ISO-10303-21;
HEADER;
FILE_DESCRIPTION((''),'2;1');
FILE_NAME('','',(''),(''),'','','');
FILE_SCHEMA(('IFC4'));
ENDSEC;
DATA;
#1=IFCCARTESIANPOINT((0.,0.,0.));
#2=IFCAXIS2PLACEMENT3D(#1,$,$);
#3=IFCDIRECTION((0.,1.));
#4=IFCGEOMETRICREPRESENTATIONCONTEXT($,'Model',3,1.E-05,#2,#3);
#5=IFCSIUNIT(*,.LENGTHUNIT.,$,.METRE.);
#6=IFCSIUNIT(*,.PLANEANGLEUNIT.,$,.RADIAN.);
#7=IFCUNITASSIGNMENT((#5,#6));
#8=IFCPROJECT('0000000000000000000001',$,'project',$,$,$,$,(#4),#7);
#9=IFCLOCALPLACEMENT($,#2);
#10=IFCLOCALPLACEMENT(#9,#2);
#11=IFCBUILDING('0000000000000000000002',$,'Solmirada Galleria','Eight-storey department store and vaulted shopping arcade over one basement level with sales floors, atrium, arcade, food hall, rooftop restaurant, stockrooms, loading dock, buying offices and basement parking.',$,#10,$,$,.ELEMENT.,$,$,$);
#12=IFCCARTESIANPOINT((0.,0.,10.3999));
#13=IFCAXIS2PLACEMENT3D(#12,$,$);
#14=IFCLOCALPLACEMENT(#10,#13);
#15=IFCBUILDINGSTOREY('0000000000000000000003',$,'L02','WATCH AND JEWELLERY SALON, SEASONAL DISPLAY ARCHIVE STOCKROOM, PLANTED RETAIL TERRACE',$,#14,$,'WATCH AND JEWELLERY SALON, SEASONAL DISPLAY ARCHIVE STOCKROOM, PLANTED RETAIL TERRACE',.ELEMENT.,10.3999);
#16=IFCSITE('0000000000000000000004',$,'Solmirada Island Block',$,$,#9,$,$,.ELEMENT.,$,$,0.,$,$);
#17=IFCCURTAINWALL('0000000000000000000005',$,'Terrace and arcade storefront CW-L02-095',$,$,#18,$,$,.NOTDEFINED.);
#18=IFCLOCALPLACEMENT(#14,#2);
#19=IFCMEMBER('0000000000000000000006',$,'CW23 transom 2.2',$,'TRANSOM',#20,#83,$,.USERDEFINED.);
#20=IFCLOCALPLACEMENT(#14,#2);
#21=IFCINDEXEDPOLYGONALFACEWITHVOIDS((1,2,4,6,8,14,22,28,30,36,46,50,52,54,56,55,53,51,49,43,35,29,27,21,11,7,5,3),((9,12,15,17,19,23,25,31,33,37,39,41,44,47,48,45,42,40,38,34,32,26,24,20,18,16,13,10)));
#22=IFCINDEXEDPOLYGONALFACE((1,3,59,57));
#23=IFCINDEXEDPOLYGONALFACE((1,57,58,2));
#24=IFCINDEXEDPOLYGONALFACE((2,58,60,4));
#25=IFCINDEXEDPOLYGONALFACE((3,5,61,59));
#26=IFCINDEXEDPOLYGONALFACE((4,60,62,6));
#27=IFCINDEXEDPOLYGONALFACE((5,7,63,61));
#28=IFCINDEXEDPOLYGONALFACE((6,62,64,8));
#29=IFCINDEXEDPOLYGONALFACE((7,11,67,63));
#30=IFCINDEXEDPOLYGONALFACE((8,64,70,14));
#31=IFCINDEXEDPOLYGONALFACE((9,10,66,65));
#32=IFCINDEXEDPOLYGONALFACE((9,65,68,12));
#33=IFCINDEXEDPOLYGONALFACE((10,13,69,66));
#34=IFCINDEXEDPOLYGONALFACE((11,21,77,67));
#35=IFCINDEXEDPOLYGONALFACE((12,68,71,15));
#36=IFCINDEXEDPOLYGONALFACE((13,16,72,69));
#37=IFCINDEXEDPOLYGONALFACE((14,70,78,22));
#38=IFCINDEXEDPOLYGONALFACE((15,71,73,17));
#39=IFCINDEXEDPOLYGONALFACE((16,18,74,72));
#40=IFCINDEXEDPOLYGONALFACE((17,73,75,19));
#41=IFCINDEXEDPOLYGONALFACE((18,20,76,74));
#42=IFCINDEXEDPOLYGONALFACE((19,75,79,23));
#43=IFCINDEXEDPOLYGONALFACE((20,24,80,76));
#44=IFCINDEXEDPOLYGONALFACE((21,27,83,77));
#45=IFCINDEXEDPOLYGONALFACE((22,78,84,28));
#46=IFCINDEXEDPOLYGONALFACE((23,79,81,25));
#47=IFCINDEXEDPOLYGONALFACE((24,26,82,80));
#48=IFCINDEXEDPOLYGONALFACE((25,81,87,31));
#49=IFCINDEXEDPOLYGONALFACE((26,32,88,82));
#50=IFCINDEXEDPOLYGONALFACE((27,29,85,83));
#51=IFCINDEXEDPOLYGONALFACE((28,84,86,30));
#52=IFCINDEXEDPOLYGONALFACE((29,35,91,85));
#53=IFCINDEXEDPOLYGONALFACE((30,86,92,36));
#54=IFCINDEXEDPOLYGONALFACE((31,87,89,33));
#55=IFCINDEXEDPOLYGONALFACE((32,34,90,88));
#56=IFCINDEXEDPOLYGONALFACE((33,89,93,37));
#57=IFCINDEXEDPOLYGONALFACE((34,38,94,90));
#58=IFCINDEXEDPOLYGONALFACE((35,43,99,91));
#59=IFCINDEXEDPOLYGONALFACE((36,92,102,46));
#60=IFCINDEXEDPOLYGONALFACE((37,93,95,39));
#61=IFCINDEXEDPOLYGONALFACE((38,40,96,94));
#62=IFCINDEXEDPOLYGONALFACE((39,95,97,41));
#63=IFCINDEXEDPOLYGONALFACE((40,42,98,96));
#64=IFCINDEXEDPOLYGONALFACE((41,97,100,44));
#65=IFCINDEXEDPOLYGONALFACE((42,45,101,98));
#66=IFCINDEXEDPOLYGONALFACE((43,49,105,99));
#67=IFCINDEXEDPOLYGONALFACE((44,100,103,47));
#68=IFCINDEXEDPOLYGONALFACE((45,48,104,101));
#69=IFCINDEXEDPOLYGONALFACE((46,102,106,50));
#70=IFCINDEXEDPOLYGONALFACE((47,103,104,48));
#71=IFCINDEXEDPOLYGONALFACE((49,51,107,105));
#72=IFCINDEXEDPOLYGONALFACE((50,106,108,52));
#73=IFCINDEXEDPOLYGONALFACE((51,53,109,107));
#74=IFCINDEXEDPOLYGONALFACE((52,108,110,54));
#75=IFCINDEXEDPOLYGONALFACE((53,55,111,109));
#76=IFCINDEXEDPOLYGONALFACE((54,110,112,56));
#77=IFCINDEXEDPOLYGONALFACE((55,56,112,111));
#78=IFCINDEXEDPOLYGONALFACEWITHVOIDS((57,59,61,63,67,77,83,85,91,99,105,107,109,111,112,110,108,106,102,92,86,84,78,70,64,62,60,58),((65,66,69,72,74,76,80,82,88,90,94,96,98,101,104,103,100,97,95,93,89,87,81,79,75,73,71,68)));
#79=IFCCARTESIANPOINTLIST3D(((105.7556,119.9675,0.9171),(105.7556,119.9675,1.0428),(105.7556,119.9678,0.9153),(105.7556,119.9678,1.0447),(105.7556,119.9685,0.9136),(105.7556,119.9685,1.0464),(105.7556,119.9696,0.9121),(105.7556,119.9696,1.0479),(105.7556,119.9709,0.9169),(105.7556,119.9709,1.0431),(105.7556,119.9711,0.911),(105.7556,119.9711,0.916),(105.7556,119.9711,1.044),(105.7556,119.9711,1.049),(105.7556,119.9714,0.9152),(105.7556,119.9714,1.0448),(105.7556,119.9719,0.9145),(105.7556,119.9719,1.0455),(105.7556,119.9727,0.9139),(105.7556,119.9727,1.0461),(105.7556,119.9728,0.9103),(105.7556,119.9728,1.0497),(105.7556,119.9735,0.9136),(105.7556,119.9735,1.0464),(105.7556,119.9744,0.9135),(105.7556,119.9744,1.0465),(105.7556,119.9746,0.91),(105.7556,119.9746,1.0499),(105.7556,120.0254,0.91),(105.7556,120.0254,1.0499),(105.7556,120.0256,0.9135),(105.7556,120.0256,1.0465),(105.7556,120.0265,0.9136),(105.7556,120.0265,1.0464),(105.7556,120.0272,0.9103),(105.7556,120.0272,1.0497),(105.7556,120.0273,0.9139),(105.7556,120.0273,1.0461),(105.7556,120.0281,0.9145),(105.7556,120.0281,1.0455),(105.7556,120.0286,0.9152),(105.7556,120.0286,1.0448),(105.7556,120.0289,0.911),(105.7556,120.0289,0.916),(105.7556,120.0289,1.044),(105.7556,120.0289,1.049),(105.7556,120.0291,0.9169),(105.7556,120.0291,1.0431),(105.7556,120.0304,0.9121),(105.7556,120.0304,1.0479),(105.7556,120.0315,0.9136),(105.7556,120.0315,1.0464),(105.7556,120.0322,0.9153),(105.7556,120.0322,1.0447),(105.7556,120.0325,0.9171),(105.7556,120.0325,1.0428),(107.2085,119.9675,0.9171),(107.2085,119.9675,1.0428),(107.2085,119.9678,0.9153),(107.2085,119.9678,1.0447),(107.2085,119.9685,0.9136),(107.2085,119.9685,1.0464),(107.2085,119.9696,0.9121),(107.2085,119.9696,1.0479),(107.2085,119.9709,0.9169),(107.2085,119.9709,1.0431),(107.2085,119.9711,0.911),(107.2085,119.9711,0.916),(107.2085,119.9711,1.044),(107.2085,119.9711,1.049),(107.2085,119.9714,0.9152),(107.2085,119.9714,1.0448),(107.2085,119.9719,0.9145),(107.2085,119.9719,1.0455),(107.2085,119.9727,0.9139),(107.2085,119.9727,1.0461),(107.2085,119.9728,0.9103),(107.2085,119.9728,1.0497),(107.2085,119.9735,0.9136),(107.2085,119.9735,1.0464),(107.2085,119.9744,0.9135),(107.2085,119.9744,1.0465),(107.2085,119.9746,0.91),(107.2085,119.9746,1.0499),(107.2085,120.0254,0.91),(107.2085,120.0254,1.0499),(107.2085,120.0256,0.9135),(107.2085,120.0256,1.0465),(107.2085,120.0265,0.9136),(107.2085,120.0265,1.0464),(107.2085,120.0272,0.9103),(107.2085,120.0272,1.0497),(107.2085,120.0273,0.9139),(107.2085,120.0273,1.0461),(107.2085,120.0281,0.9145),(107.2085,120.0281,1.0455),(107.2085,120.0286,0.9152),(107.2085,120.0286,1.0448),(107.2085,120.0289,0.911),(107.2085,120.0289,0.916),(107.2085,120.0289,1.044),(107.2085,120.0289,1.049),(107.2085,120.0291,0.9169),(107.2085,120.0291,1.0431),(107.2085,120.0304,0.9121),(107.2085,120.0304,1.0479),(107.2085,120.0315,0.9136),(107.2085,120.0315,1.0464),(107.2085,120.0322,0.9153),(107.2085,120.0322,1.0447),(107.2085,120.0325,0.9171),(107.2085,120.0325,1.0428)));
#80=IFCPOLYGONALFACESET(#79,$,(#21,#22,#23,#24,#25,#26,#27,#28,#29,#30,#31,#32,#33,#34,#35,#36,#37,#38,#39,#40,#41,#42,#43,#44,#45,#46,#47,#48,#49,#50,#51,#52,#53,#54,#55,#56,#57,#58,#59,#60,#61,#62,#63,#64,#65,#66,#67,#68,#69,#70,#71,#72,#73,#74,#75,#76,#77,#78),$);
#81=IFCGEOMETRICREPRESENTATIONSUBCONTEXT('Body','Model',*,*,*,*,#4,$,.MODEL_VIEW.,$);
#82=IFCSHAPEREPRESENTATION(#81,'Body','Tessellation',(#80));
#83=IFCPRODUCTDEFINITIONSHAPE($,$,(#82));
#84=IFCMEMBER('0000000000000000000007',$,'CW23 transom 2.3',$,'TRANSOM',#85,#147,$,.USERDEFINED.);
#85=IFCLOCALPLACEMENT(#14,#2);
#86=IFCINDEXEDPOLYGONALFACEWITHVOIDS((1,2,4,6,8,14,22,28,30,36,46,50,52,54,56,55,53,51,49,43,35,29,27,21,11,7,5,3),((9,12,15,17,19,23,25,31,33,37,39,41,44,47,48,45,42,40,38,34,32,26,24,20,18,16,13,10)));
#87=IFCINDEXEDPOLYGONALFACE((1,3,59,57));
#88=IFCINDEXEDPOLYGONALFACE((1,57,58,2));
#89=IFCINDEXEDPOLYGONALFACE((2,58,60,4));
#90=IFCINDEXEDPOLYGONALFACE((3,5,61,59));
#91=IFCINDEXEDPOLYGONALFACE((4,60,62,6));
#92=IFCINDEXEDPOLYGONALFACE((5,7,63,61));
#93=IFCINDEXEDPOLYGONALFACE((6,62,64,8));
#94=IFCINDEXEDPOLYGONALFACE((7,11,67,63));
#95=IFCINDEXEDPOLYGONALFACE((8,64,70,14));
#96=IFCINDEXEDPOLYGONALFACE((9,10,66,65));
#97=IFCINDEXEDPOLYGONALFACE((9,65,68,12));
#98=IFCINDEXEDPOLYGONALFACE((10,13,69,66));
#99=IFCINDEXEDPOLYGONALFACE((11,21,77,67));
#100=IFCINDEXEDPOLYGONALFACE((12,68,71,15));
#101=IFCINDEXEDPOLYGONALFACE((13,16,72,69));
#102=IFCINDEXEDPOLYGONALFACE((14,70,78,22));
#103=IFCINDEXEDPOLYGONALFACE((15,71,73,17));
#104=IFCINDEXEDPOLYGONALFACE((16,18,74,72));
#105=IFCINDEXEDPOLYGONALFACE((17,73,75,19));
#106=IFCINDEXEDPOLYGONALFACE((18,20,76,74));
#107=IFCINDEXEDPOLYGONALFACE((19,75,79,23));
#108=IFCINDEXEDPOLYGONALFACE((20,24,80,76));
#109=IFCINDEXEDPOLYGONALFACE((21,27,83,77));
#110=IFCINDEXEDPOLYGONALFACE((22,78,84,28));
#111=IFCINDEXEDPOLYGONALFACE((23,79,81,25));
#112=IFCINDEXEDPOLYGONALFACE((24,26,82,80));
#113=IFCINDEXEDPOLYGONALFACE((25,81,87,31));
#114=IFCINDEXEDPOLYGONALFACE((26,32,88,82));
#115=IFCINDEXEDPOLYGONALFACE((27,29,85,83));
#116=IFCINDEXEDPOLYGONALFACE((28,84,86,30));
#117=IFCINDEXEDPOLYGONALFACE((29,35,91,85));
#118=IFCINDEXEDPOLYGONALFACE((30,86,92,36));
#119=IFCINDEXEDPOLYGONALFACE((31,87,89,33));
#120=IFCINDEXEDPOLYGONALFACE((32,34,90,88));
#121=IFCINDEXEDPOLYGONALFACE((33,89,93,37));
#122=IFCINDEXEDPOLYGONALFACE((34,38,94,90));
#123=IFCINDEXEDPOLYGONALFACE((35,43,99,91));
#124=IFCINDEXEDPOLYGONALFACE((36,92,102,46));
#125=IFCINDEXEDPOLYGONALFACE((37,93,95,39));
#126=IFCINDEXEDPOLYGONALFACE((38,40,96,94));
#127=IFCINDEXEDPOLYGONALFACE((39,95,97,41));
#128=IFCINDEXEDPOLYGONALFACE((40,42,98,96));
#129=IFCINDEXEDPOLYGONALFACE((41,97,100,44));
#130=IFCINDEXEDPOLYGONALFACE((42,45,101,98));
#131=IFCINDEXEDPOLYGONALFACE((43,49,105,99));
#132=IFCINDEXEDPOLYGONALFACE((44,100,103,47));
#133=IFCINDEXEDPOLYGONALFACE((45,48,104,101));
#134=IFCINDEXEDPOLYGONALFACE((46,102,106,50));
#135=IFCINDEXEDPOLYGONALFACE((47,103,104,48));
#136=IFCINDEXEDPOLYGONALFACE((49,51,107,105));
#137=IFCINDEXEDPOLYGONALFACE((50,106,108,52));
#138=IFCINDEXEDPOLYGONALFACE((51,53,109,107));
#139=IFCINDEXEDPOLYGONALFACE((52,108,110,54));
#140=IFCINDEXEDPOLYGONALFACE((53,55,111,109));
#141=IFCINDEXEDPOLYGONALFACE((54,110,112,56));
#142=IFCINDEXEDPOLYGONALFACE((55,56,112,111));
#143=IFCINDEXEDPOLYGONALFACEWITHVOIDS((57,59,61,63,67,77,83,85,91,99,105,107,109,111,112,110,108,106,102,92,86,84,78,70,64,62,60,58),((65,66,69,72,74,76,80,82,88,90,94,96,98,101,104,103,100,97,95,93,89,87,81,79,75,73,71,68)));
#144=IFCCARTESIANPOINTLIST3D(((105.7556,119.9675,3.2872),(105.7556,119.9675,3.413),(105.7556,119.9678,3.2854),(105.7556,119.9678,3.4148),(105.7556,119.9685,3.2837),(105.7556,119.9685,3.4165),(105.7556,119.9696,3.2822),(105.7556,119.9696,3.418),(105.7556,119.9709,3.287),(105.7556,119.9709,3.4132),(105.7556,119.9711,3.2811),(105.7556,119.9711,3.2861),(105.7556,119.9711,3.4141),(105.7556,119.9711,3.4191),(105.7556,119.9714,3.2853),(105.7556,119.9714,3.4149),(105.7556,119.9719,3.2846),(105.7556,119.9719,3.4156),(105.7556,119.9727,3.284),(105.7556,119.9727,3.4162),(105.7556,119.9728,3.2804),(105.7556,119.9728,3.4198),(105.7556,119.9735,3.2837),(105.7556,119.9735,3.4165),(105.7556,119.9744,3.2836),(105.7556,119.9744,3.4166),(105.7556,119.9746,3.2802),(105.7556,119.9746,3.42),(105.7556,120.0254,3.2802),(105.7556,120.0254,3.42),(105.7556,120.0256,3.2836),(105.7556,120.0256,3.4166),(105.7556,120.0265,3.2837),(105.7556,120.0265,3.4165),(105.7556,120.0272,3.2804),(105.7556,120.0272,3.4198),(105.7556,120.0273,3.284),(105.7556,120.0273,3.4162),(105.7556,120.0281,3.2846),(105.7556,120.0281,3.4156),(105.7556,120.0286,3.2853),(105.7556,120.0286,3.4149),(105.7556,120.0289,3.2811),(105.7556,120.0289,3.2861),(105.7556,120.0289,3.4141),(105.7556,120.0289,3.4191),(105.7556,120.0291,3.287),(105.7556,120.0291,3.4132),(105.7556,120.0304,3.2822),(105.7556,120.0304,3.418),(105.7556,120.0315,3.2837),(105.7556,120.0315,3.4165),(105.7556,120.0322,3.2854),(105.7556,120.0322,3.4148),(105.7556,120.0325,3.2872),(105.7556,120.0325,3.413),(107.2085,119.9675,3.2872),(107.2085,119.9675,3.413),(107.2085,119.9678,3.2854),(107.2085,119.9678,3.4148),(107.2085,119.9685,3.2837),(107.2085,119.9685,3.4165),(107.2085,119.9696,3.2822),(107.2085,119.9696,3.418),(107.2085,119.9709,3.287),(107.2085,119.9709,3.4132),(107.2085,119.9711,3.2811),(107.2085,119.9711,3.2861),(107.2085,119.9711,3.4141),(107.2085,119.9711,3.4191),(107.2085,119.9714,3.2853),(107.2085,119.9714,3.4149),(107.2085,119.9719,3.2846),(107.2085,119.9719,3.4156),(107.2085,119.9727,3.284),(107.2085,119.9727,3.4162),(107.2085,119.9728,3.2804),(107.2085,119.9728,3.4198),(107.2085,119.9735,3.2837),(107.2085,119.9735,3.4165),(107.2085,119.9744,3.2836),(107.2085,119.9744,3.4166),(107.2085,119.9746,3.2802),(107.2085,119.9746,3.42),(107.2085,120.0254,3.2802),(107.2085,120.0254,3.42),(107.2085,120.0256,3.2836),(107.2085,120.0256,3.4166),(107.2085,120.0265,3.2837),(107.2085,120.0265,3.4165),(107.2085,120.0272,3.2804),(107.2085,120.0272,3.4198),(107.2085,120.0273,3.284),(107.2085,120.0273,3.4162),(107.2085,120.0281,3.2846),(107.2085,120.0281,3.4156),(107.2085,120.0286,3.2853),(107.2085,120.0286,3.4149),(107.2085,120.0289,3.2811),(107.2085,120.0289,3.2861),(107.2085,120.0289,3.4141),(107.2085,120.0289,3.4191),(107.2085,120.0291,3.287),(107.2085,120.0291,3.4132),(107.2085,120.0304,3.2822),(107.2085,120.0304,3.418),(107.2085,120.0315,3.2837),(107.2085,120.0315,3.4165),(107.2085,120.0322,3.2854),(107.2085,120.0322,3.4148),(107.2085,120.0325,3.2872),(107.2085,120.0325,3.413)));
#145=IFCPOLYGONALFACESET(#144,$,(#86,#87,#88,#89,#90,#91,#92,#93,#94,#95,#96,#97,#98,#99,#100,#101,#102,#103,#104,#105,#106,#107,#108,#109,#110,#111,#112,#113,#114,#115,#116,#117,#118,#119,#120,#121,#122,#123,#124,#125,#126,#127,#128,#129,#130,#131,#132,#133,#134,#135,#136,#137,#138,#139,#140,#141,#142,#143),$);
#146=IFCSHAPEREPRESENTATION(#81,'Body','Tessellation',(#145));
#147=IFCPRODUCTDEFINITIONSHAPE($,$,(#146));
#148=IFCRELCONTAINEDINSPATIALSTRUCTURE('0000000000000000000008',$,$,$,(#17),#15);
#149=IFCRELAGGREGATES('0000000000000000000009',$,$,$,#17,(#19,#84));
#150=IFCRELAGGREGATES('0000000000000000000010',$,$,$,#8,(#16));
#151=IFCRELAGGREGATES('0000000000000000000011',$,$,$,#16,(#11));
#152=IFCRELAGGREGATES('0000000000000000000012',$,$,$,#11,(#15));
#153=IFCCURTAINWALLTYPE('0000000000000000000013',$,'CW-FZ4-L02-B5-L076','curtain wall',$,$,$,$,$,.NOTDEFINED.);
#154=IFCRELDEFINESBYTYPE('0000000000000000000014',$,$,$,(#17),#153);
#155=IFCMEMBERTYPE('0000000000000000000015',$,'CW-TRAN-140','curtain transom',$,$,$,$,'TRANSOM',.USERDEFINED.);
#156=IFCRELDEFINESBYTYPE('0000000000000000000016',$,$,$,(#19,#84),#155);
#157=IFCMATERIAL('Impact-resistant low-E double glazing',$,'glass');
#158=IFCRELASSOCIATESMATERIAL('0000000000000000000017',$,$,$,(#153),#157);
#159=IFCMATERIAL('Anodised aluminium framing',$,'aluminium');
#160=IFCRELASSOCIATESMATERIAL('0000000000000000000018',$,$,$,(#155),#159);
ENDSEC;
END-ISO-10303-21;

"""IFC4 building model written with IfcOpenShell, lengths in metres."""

from ifc_helpers import new_model, si_unit, direction, frame, origin, origin_2d, place, context, subcontext, project, spatial, hollow_rectangle, extrude, material, material_profile, profile_set, type_object, element, aggregate, save


model = new_model("IFC4")

# Units and contexts
model_context = context("Model", 3, precision=1e-05, world=origin(), true_north=direction((0.0, 1.0)))
body_context = subcontext(model_context, "Body", "Model", "MODEL_VIEW")
ifc_project = project(units=[si_unit("LENGTHUNIT", "METRE"), si_unit("PLANEANGLEUNIT", "RADIAN")], contexts=[model_context])

# Site, building, storey
site_placement = place(None, origin())
site = spatial("IfcSite", under=ifc_project, at=site_placement, Name="Solmirada Island Block", CompositionType="ELEMENT", RefElevation=0.0)
building_placement = place(site_placement, origin())
building = spatial("IfcBuilding", under=site, at=building_placement, Name="Solmirada Galleria", Description="Eight-storey department store and vaulted shopping arcade over one basement level with sales floors, atrium, arcade, food hall, rooftop restaurant, stockrooms, loading dock, buying offices and basement parking.", CompositionType="ELEMENT")
storey_placement = place(building_placement, frame((0.0, 0.0, 10.3999)))
storey = spatial("IfcBuildingStorey", under=building, at=storey_placement, Name="L02", Description="WATCH AND JEWELLERY SALON, SEASONAL DISPLAY ARCHIVE STOCKROOM, PLANTED RETAIL TERRACE", LongName="WATCH AND JEWELLERY SALON, SEASONAL DISPLAY ARCHIVE STOCKROOM, PLANTED RETAIL TERRACE", CompositionType="ELEMENT", Elevation=10.3999)

# Curtain wall
ifc_material_1 = material(Name="Impact-resistant low-E double glazing", Category="glass")
curtain_wall_type = type_object("IfcCurtainWallType", Name="CW-FZ4-L02-B5-L076", Description="curtain wall", PredefinedType="NOTDEFINED", material=ifc_material_1)
ifc_material_2 = material(Name="Anodised aluminium framing", Category="aluminium")
curtain_wall_1_placement = place(storey_placement, origin())
curtain_wall_1 = element("IfcCurtainWall", 1, at=curtain_wall_1_placement, inside=storey, type_object=curtain_wall_type, Name="Terrace and arcade storefront CW-L02-095", PredefinedType="NOTDEFINED")

# Members
ifc_material_profile_1 = material_profile(ifc_material_2, hollow_rectangle(XDim=0.0649, YDim=0.1399, WallThickness=0.0034, InnerFilletRadius=0.0034, OuterFilletRadius=0.0071, at=origin_2d()), Name="ALU-TRAN-140X65")
ifc_profile_set_1 = profile_set([ifc_material_profile_1], Name="Anodised aluminium framing")
member_type_1 = type_object("IfcMemberType", Name="CW-TRAN-140", Description="curtain transom", ElementType="TRANSOM", PredefinedType="USERDEFINED", material=ifc_profile_set_1)
member_1_placement = place(storey_placement, frame((105.7556, 120.0, 0.98), z_axis=(1.0, 0.0, 0.0), x_axis=(0.0, 1.0, 0.0)))
member_1 = element("IfcMember", 2, at=member_1_placement, type_object=member_type_1, Name="CW23 transom 2.2", ObjectType="TRANSOM", PredefinedType="USERDEFINED", context=body_context, shape_type="SweptSolid", body=[
    extrude(hollow_rectangle(XDim=0.0649, YDim=0.1399, WallThickness=0.0034, InnerFilletRadius=0.0034, OuterFilletRadius=0.0071, at=origin_2d()), origin(), (0.0, 0.0, 1.0), 1.4529),
])
member_2_placement = place(storey_placement, frame((105.7556, 120.0, 3.3501), z_axis=(1.0, 0.0, 0.0), x_axis=(0.0, 1.0, 0.0)))
member_2 = element("IfcMember", 3, at=member_2_placement, type_object=member_type_1, Name="CW23 transom 2.3", ObjectType="TRANSOM", PredefinedType="USERDEFINED", context=body_context, shape_type="SweptSolid", body=[
    extrude(hollow_rectangle(XDim=0.0649, YDim=0.1399, WallThickness=0.0034, InnerFilletRadius=0.0034, OuterFilletRadius=0.0071, at=origin_2d()), origin(), (0.0, 0.0, 1.0), 1.4529),
])

aggregate(curtain_wall_1, [member_1, member_2])

save(model, "model.ifc")
